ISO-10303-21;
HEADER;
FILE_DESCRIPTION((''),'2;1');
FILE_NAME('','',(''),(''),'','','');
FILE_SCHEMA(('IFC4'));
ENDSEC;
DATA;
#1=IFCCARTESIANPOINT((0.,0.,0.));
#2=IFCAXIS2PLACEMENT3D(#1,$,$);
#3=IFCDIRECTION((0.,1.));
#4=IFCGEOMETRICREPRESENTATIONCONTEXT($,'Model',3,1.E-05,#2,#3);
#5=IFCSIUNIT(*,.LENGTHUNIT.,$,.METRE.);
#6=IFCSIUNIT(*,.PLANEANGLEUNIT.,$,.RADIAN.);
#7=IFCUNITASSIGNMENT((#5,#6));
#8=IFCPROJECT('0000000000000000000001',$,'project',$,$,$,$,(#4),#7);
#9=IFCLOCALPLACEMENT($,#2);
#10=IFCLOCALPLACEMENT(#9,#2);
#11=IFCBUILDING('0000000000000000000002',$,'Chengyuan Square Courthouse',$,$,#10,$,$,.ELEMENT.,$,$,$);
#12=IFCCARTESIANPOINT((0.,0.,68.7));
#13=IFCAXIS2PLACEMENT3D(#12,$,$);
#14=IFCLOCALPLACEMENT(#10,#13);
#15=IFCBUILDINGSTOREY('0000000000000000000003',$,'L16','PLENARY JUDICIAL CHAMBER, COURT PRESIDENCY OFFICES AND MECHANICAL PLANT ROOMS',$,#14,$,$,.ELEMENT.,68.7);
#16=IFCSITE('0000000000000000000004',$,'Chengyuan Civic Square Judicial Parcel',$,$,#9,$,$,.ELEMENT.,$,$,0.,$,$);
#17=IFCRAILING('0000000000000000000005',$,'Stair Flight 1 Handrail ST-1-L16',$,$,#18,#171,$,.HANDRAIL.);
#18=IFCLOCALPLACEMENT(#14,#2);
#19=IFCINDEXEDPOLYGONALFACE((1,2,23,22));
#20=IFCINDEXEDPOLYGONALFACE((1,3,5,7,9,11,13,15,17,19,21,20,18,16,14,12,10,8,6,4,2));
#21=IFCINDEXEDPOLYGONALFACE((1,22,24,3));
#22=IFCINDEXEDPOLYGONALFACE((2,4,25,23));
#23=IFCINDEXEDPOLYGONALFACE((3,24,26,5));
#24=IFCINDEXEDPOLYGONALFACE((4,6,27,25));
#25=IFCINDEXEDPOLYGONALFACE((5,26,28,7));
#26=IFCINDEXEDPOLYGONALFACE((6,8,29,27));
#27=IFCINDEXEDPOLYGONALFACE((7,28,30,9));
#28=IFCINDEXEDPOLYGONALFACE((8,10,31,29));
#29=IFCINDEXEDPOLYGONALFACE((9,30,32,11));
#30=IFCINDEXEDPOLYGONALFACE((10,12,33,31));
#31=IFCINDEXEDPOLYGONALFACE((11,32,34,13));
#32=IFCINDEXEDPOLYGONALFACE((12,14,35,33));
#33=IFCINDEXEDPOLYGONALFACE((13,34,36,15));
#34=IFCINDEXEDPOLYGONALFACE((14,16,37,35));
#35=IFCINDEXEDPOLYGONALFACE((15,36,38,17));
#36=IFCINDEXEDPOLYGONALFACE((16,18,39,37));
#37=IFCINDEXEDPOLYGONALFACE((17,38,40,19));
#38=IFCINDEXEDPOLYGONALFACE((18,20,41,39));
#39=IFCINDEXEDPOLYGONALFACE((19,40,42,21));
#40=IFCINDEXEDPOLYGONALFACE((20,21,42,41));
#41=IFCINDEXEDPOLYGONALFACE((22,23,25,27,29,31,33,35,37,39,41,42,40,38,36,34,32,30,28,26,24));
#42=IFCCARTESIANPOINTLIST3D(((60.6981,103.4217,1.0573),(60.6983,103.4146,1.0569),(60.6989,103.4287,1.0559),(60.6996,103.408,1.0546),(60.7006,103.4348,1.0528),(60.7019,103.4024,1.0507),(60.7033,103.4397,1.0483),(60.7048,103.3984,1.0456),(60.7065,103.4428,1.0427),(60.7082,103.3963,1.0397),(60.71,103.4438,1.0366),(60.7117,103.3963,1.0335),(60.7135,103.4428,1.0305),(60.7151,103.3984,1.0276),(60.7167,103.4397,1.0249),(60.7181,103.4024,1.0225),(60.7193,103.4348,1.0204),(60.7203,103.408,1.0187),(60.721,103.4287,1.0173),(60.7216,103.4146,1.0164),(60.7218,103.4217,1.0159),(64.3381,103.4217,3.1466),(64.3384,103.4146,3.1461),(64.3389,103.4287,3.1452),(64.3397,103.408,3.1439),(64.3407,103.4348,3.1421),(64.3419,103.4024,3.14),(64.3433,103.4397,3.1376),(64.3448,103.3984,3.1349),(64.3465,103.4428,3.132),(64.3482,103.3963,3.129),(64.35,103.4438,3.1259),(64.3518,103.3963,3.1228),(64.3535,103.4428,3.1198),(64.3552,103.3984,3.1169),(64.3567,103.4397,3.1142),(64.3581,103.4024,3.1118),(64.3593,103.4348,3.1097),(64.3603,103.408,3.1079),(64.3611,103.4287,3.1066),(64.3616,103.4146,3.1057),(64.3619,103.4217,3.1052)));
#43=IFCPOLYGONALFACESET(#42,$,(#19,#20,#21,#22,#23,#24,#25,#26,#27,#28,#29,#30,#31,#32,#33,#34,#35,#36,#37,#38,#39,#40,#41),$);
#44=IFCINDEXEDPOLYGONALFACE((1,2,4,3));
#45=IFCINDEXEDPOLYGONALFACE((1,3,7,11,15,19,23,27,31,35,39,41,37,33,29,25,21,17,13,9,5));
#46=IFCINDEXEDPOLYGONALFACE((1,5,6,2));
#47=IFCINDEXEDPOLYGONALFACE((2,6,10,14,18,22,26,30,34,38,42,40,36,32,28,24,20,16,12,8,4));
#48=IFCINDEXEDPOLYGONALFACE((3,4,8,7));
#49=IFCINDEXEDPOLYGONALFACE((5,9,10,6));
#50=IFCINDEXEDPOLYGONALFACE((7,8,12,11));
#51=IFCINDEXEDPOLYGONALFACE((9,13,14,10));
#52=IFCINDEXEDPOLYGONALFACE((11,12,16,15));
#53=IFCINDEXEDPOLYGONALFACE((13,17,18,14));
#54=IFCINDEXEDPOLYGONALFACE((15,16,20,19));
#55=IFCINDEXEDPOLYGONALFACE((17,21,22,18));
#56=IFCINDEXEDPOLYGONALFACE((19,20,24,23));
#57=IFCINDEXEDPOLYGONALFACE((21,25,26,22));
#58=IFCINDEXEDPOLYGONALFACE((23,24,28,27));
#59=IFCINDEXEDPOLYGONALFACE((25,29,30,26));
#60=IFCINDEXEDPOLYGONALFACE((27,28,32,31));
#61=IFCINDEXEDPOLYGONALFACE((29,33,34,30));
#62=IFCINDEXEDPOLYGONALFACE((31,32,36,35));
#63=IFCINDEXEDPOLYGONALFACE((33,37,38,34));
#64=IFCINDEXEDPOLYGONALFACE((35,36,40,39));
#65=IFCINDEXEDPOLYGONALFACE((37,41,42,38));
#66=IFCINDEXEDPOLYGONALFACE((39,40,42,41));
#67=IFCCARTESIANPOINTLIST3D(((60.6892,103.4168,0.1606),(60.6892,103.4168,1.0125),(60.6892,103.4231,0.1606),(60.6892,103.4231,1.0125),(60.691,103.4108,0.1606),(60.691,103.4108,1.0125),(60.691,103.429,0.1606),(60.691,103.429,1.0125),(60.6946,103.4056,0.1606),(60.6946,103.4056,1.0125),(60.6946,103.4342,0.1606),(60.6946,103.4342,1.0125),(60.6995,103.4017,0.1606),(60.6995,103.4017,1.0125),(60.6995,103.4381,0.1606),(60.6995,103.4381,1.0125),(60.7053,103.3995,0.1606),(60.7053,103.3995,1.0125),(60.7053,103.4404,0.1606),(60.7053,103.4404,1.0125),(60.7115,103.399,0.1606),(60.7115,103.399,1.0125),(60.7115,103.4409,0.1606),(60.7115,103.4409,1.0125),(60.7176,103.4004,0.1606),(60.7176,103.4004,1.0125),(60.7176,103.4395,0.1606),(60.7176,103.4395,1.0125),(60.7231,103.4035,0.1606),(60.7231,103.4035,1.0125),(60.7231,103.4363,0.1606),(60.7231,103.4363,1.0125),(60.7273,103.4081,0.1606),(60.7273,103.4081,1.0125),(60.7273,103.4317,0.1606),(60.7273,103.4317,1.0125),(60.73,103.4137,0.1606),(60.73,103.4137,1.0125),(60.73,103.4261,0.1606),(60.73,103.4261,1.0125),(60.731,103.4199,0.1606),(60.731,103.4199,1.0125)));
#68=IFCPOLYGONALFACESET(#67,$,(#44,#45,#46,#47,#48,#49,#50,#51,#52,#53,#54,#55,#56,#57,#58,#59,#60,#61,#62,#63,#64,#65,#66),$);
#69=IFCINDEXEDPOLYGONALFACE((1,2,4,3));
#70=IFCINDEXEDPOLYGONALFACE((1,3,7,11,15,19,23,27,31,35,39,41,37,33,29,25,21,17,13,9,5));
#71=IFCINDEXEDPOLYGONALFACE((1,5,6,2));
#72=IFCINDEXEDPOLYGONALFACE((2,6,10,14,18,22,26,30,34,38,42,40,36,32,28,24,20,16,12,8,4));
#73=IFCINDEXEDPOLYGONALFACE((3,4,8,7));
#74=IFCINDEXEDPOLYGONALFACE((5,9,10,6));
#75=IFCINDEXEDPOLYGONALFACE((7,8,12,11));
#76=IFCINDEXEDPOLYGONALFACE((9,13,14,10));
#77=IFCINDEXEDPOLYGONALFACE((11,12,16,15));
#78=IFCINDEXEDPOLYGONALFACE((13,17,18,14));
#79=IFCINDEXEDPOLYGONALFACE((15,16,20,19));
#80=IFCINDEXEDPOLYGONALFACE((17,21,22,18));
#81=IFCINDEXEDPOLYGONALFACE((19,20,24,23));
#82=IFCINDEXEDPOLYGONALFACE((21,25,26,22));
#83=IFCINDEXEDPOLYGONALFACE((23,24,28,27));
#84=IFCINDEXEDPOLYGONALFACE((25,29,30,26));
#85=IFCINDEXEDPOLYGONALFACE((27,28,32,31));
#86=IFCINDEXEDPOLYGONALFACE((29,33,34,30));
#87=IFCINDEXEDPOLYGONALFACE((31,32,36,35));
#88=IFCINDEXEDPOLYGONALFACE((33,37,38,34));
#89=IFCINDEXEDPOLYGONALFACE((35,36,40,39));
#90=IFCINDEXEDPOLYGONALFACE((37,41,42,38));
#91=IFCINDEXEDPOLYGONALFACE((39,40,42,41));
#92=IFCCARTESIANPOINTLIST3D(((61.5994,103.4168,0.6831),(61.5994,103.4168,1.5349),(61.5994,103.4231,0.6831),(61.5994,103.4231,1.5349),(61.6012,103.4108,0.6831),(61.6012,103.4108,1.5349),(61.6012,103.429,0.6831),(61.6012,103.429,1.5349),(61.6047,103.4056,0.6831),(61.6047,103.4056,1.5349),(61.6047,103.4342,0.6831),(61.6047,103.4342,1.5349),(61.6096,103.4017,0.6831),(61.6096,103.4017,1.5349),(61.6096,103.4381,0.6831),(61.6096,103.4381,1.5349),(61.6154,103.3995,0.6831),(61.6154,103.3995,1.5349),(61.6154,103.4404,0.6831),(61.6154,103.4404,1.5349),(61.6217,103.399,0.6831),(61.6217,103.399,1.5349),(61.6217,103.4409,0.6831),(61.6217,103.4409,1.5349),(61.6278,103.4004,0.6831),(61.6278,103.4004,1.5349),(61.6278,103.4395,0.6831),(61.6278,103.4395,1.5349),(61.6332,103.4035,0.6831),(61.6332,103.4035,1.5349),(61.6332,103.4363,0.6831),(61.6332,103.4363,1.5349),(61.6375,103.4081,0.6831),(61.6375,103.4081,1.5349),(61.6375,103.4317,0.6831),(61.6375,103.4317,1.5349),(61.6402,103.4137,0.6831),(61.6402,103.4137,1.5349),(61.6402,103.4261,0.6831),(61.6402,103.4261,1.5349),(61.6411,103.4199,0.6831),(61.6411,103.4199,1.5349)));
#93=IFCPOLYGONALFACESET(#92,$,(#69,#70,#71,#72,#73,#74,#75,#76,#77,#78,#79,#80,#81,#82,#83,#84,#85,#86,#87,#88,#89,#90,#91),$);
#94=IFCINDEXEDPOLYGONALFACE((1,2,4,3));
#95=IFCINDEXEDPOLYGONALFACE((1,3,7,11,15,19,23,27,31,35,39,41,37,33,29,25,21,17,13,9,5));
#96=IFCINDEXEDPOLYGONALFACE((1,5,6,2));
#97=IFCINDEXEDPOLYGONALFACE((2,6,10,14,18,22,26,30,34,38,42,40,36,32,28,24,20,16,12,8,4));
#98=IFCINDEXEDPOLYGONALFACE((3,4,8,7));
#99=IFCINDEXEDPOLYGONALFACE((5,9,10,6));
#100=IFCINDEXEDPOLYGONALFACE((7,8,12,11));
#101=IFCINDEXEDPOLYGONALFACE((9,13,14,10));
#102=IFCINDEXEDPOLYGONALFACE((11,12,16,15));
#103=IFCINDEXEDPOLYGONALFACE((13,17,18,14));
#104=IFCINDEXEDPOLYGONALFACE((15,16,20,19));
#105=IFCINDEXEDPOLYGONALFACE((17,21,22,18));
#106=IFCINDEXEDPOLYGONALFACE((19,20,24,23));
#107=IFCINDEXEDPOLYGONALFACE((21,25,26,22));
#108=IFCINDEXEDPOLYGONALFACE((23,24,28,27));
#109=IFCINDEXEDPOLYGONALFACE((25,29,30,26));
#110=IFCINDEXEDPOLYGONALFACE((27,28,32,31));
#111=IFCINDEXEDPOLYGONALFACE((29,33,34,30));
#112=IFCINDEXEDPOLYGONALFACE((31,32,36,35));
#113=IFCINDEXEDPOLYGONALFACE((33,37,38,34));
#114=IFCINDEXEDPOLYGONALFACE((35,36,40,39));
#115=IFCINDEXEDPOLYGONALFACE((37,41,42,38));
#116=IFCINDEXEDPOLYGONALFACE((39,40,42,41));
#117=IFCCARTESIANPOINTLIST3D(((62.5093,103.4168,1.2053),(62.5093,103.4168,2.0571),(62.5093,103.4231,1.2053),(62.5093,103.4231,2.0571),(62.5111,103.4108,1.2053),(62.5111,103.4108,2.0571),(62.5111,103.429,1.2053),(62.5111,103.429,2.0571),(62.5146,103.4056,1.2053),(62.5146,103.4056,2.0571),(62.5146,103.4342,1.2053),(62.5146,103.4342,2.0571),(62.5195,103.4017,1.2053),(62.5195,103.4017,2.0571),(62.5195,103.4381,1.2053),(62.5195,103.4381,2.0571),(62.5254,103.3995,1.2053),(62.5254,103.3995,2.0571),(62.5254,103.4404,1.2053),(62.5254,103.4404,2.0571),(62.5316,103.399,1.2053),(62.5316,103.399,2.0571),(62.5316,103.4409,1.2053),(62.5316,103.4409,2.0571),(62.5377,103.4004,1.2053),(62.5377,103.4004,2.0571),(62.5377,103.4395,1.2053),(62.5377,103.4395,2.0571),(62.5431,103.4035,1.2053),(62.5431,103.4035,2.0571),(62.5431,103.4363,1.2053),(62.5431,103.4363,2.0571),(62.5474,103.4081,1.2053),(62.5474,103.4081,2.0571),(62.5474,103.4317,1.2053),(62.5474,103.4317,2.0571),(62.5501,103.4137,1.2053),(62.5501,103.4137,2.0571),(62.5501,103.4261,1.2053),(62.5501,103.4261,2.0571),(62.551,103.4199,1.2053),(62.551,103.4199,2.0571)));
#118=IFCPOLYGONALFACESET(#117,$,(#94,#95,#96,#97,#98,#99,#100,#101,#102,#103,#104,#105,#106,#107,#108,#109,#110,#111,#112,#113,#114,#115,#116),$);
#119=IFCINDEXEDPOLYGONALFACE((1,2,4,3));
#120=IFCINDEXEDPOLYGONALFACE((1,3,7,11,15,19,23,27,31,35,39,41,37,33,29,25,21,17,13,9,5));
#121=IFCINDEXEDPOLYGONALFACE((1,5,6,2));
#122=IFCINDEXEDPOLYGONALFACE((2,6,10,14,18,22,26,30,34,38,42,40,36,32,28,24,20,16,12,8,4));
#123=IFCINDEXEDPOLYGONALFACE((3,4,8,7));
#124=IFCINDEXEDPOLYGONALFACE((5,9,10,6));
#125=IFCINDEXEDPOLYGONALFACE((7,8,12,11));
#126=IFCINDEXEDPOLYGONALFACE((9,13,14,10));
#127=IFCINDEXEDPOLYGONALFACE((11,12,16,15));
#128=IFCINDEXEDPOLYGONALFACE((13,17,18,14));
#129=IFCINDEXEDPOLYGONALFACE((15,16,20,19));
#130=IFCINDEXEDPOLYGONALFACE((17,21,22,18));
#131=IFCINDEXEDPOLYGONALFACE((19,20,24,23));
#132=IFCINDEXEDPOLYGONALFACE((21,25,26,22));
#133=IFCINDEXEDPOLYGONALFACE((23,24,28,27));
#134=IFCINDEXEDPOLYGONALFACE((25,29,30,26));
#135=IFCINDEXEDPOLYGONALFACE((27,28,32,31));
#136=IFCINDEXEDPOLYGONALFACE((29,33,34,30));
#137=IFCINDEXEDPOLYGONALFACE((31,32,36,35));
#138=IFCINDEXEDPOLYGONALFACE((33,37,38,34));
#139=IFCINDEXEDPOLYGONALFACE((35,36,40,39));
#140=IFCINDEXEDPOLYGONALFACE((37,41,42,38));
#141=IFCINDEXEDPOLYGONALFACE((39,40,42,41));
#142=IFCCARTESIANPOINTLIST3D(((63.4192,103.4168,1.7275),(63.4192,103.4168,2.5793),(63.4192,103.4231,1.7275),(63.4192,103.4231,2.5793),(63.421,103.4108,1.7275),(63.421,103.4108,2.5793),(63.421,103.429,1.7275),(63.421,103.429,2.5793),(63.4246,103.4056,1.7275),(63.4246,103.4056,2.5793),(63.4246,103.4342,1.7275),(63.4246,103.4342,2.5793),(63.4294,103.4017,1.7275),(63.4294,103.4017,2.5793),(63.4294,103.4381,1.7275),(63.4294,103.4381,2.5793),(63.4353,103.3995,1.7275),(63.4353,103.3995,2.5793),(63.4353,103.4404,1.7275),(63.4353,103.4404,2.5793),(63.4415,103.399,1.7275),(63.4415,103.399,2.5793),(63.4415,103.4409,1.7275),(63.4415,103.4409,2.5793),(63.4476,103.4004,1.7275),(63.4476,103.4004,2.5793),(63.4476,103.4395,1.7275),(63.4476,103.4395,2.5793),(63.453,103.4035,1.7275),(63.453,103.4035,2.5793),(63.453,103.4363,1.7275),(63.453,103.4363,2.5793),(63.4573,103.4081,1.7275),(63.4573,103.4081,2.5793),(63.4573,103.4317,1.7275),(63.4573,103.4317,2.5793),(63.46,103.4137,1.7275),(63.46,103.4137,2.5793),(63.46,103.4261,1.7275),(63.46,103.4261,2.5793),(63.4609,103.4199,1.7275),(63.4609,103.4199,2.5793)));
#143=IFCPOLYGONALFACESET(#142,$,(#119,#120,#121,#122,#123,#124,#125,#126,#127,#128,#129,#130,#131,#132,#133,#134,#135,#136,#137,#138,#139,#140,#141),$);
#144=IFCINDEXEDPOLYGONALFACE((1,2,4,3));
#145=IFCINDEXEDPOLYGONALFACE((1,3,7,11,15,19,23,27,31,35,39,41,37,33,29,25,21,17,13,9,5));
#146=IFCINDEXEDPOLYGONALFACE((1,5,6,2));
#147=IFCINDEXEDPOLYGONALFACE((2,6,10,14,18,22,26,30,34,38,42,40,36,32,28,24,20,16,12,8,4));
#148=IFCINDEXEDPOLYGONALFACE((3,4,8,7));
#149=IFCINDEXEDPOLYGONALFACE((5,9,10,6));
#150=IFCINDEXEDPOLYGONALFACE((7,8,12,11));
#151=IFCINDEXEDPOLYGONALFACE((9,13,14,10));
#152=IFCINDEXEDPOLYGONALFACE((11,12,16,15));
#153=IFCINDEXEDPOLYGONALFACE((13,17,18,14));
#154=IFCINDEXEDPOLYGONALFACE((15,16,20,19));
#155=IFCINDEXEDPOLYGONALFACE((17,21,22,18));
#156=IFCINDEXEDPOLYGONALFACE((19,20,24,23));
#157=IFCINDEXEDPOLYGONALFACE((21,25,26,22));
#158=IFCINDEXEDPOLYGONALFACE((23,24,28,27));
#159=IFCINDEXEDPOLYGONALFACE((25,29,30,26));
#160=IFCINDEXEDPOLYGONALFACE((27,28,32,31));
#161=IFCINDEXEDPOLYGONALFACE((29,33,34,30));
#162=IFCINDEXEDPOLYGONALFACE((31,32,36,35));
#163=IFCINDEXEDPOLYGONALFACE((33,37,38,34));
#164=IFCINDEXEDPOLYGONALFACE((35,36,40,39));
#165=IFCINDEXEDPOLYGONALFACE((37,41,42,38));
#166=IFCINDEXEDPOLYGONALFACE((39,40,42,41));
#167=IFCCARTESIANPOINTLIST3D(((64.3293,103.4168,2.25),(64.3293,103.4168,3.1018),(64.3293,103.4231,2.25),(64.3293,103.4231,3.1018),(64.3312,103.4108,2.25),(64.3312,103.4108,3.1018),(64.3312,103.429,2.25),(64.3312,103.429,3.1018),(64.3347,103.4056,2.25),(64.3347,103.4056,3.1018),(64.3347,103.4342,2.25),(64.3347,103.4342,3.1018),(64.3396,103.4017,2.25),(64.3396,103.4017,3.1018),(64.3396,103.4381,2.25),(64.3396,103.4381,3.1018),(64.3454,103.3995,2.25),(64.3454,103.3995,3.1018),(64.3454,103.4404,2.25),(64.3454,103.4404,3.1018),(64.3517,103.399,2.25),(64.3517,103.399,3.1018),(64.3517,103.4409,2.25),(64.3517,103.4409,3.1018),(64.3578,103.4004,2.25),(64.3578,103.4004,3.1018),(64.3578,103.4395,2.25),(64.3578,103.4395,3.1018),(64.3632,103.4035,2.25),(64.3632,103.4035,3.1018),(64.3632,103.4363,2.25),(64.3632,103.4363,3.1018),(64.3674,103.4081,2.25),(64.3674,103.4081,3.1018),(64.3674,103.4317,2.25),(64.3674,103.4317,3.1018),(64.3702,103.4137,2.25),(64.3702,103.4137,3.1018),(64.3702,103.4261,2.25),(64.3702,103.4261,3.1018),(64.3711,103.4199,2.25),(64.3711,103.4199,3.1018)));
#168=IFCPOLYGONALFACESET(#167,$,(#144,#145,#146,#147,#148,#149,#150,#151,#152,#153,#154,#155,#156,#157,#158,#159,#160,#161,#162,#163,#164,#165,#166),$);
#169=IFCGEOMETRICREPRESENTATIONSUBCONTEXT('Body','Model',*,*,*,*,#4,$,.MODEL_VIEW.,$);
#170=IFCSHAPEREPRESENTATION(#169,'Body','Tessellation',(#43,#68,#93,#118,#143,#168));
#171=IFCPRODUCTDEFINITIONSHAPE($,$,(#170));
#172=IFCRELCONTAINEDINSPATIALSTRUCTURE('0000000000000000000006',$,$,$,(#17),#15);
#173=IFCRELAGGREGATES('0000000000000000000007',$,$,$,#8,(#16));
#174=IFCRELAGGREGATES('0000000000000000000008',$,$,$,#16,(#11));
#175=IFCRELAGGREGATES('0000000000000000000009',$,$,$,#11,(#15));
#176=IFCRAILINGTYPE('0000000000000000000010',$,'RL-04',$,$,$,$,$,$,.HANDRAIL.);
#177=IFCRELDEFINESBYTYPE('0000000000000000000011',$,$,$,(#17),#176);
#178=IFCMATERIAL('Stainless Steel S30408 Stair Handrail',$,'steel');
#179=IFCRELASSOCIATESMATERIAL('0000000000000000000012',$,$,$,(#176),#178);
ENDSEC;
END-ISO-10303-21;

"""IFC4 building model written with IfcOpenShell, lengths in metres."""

from ifc_helpers import new_model, si_unit, direction, frame, origin, origin_2d, place, context, subcontext, project, spatial, circle, extrude, material, type_object, element, save


model = new_model("IFC4")

# Units and contexts
model_context = context("Model", 3, precision=1e-05, world=origin(), true_north=direction((0.0, 1.0)))
body_context = subcontext(model_context, "Body", "Model", "MODEL_VIEW")
ifc_project = project(units=[si_unit("LENGTHUNIT", "METRE"), si_unit("PLANEANGLEUNIT", "RADIAN")], contexts=[model_context])

# Site, building, storey
site_placement = place(None, origin())
site = spatial("IfcSite", under=ifc_project, at=site_placement, Name="Chengyuan Civic Square Judicial Parcel", CompositionType="ELEMENT", RefElevation=0.0)
building_placement = place(site_placement, origin())
building = spatial("IfcBuilding", under=site, at=building_placement, Name="Chengyuan Square Courthouse", CompositionType="ELEMENT")
storey_placement = place(building_placement, frame((0.0, 0.0, 68.7)))
storey = spatial("IfcBuildingStorey", under=building, at=storey_placement, Name="L16", Description="PLENARY JUDICIAL CHAMBER, COURT PRESIDENCY OFFICES AND MECHANICAL PLANT ROOMS", CompositionType="ELEMENT", Elevation=68.7)

# Railing
ifc_material_1 = material(Name="Stainless Steel S30408 Stair Handrail", Category="steel")
railing_type_1 = type_object("IfcRailingType", Name="RL-04", PredefinedType="HANDRAIL", material=ifc_material_1)
railing_1_placement = place(storey_placement, frame((60.71, 103.4199, 0.1606)))
element("IfcRailing", 1, at=railing_1_placement, inside=storey, type_object=railing_type_1, Name="Stair Flight 1 Handrail ST-1-L16", PredefinedType="HANDRAIL", context=body_context, shape_type="SweptSolid", body=[
    extrude(circle(Radius=0.0239, at=origin_2d()), frame((0.0, 0.0, 0.876), z_axis=(0.867289, 0.0, 0.497804), x_axis=(0.0, 1.0, 0.0)), (0.0, 0.0, 1.0), 4.197),
    extrude(circle(Radius=0.021, at=origin_2d()), origin(), (0.0, 0.0, 1.0), 0.8518),
    extrude(circle(Radius=0.021, at=origin_2d()), frame((0.9102, 0.0, 0.5225)), (0.0, 0.0, 1.0), 0.8518),
    extrude(circle(Radius=0.021, at=origin_2d()), frame((1.8201, 0.0, 1.0447)), (0.0, 0.0, 1.0), 0.8518),
    extrude(circle(Radius=0.021, at=origin_2d()), frame((2.73, 0.0, 1.5669)), (0.0, 0.0, 1.0), 0.8518),
    extrude(circle(Radius=0.021, at=origin_2d()), frame((3.6401, 0.0, 2.0894)), (0.0, 0.0, 1.0), 0.8518),
])

save(model, "model.ifc")
